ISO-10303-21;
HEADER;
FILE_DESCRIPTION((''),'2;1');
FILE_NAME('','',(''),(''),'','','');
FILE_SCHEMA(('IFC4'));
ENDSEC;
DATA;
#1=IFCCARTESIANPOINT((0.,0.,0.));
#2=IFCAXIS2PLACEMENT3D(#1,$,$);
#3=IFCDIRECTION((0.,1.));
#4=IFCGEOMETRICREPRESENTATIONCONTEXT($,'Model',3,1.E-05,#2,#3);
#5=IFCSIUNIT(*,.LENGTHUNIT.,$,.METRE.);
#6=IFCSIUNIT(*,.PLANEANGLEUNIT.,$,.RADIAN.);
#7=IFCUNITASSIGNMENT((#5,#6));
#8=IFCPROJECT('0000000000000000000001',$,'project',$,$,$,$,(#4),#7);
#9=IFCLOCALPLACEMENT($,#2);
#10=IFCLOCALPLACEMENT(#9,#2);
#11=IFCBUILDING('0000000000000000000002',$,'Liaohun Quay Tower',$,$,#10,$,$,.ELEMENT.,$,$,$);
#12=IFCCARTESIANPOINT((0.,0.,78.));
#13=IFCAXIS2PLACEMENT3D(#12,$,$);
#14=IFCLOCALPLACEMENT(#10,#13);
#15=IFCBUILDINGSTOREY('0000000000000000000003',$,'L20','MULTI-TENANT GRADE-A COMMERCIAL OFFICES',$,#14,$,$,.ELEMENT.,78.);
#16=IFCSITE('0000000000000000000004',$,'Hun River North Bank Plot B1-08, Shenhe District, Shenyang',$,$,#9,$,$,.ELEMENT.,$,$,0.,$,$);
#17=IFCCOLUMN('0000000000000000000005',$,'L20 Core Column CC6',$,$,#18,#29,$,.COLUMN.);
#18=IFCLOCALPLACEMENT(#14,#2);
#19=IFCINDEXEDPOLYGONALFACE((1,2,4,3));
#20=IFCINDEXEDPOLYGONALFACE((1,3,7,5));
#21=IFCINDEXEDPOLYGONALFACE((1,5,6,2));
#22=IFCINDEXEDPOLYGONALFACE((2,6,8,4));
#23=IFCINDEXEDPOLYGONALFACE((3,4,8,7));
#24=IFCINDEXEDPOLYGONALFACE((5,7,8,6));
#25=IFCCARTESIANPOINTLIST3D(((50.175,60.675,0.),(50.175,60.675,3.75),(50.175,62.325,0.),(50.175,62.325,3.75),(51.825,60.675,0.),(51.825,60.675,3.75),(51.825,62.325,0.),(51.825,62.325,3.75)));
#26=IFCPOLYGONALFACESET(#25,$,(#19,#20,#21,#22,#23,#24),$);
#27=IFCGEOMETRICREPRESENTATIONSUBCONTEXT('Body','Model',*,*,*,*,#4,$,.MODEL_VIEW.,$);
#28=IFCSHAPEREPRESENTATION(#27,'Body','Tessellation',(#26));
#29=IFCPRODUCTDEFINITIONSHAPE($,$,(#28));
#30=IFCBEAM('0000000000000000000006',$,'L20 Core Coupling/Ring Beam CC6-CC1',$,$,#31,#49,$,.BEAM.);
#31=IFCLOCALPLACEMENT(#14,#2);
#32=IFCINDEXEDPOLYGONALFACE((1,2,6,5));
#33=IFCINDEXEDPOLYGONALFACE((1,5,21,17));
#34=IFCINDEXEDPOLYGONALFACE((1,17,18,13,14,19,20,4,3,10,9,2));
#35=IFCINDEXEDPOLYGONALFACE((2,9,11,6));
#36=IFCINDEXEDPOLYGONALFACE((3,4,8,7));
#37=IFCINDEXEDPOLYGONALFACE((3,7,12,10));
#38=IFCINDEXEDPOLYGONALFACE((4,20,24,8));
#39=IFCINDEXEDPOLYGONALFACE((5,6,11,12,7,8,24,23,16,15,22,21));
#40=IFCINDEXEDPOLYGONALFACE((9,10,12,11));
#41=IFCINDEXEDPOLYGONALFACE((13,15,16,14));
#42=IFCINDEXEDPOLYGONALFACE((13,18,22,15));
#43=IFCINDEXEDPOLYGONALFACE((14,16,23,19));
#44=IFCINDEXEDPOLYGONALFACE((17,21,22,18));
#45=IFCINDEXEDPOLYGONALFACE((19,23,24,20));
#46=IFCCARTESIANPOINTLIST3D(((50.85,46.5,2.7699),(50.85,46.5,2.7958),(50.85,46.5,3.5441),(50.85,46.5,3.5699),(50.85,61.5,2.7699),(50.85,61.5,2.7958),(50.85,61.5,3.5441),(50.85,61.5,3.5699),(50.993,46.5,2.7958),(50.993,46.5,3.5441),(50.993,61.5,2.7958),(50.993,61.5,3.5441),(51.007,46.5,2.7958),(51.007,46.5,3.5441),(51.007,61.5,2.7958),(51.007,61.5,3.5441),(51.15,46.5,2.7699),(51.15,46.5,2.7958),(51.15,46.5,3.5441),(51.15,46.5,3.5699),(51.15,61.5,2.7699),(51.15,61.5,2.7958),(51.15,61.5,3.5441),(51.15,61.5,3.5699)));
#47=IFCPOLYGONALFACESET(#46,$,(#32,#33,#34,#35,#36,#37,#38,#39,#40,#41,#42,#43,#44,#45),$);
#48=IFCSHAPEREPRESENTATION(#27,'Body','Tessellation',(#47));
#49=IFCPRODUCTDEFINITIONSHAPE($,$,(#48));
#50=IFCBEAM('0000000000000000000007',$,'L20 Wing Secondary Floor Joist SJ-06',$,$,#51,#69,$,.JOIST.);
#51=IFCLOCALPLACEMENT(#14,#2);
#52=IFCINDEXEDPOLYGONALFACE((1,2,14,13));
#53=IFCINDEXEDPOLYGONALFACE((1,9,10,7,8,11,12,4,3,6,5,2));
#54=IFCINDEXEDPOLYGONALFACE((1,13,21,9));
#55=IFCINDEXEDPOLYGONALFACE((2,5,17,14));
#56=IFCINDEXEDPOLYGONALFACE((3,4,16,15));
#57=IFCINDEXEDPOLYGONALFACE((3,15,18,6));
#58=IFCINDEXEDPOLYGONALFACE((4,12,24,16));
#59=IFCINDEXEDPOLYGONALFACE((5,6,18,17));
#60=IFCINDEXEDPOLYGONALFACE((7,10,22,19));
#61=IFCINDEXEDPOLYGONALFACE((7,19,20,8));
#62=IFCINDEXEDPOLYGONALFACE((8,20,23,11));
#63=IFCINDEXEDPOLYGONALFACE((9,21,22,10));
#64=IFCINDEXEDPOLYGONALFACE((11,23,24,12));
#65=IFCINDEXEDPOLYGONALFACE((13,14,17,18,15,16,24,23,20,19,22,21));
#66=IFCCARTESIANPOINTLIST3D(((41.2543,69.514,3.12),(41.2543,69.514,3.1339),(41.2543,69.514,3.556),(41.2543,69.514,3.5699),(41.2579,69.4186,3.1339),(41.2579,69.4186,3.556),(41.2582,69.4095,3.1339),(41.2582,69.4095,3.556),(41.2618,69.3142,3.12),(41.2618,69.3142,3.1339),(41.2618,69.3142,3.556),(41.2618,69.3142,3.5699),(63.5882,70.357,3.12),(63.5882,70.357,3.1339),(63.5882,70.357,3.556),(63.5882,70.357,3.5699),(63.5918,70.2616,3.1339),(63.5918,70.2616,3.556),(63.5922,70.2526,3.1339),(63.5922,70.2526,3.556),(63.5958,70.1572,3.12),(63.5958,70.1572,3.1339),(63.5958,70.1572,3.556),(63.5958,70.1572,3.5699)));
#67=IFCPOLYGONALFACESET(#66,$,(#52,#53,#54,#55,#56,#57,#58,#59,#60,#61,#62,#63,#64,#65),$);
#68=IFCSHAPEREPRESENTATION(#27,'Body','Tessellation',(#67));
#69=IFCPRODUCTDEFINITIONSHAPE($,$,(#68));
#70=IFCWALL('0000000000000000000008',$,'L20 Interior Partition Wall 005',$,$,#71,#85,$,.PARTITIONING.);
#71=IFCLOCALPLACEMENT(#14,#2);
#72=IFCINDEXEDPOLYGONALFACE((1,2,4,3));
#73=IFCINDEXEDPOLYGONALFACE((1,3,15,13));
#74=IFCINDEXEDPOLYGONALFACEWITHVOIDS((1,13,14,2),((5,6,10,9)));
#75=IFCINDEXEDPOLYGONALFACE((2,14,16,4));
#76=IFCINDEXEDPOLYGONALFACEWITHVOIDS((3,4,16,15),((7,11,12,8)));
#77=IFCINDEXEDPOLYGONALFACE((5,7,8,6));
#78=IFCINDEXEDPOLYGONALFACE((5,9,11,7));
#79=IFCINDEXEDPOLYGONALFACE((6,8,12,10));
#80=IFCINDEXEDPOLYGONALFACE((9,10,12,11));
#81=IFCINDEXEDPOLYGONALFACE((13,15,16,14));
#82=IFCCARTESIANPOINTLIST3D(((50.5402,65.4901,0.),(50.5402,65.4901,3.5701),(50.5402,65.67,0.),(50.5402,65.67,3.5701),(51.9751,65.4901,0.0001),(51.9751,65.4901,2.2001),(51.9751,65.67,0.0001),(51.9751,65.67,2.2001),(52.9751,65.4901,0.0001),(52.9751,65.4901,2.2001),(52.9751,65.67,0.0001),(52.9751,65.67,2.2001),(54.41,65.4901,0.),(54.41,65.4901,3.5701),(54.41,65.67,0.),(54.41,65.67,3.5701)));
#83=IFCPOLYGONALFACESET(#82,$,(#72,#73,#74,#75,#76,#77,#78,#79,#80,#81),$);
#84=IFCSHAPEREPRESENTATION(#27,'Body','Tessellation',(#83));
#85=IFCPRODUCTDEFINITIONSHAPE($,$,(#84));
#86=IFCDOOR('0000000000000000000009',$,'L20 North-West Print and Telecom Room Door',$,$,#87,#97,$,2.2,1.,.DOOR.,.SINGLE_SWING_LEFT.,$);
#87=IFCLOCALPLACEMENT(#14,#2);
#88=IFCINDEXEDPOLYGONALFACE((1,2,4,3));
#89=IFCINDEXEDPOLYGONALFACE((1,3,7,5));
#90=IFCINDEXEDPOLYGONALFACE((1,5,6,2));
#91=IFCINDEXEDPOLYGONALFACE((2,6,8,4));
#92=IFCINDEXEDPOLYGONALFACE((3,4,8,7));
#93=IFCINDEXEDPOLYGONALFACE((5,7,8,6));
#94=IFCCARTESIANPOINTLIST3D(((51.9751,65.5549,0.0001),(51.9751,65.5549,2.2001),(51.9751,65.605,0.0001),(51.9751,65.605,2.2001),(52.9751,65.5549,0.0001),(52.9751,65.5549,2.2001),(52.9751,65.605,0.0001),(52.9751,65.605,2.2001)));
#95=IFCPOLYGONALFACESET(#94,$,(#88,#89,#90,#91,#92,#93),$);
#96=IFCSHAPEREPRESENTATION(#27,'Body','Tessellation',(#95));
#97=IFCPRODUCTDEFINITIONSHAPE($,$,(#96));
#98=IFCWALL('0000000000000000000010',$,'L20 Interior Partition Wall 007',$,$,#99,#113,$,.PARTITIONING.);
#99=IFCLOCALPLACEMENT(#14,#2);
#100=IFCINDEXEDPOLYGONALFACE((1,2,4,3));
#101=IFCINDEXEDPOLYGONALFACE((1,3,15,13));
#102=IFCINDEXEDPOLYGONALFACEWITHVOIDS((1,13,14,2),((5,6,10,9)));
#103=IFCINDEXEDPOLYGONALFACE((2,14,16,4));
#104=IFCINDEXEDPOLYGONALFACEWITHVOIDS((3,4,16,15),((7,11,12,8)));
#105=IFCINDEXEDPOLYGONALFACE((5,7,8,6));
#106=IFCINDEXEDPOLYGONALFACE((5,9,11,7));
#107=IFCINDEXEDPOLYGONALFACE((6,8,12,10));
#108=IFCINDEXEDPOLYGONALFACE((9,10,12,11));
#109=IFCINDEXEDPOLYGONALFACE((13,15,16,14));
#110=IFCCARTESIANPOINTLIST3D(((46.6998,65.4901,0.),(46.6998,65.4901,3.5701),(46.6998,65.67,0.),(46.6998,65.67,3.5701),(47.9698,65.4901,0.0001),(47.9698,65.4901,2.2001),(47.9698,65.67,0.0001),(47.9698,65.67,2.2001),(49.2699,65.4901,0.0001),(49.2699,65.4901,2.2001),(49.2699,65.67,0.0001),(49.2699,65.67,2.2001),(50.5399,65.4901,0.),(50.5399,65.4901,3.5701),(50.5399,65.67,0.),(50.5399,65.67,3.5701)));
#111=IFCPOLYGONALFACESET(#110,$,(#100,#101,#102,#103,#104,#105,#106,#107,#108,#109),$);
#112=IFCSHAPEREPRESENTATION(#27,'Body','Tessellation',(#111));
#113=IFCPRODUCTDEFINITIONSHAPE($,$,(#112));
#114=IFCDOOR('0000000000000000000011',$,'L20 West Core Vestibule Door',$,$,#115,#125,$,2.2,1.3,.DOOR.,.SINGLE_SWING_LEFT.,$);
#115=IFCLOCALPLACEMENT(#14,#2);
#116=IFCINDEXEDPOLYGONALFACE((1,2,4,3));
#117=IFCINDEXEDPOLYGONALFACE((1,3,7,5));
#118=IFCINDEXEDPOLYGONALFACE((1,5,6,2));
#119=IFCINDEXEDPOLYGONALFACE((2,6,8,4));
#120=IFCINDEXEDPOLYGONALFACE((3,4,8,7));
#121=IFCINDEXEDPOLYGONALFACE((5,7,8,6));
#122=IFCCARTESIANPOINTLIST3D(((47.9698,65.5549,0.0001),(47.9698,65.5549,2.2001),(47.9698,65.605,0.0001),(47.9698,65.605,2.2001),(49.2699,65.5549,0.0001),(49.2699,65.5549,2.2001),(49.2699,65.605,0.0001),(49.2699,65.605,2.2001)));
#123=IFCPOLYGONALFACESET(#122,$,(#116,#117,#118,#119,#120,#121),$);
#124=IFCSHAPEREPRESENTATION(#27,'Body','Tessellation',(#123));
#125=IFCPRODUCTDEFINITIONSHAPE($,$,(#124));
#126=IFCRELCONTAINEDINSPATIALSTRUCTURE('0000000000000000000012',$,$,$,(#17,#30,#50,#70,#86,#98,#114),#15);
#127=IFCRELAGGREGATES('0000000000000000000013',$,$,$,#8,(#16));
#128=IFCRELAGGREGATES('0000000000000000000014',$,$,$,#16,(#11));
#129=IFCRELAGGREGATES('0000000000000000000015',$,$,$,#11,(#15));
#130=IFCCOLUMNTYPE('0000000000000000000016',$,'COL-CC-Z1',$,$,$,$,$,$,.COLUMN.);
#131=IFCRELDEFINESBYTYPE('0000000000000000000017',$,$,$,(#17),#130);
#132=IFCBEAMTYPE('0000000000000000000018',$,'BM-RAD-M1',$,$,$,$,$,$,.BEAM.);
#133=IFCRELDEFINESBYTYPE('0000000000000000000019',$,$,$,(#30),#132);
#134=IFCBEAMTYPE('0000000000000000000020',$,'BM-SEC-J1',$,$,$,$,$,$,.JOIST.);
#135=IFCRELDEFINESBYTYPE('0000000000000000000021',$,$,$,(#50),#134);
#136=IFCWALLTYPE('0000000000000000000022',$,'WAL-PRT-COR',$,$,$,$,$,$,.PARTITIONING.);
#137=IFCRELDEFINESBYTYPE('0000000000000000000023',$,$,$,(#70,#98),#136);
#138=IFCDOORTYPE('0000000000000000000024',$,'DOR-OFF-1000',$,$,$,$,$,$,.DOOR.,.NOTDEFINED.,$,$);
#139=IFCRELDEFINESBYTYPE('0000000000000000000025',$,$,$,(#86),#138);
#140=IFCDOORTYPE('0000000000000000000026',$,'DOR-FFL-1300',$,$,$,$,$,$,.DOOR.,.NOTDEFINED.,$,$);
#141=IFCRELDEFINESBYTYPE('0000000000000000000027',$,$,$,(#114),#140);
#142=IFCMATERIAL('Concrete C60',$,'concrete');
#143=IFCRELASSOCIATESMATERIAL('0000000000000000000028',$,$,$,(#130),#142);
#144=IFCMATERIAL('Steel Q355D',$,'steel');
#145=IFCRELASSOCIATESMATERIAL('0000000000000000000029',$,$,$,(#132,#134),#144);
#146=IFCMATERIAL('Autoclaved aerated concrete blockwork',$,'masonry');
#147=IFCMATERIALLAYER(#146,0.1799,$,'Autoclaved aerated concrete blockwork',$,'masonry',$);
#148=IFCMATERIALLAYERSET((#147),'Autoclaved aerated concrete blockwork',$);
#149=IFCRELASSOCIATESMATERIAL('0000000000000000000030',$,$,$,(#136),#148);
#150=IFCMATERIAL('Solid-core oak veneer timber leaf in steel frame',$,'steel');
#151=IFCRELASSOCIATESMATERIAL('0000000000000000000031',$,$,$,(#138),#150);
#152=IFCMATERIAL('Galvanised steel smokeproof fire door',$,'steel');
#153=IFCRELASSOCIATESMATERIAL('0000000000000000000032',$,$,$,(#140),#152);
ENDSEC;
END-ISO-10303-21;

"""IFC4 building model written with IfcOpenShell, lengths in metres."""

from ifc_helpers import new_model, si_unit, direction, frame, frame_2d, origin, origin_2d, place, context, subcontext, project, spatial, rectangle, i_section, extrude, source, transform, mapped, material, layer, layer_set, material_profile, profile_set, type_object, element, fill, save


model = new_model("IFC4")

# Units and contexts
model_context = context("Model", 3, precision=1e-05, world=origin(), true_north=direction((0.0, 1.0)))
body_context = subcontext(model_context, "Body", "Model", "MODEL_VIEW")
ifc_project = project(units=[si_unit("LENGTHUNIT", "METRE"), si_unit("PLANEANGLEUNIT", "RADIAN")], contexts=[model_context])

# Site, building, storey
site_placement = place(None, origin())
site = spatial("IfcSite", under=ifc_project, at=site_placement, Name="Hun River North Bank Plot B1-08, Shenhe District, Shenyang", CompositionType="ELEMENT", RefElevation=0.0)
building_placement = place(site_placement, origin())
building = spatial("IfcBuilding", under=site, at=building_placement, Name="Liaohun Quay Tower", CompositionType="ELEMENT")
storey_placement = place(building_placement, frame((0.0, 0.0, 78.0)))
storey = spatial("IfcBuildingStorey", under=building, at=storey_placement, Name="L20", Description="MULTI-TENANT GRADE-A COMMERCIAL OFFICES", CompositionType="ELEMENT", Elevation=78.0)

# Column
ifc_material_1 = material(Name="Concrete C60", Category="concrete")
ifc_material_profile_1 = material_profile(ifc_material_1, rectangle(XDim=1.6499, YDim=1.6499, at=origin_2d()), Name="RC1650x1650")
ifc_profile_set_1 = profile_set([ifc_material_profile_1], Name="Concrete C60")
column_type = type_object("IfcColumnType", Name="COL-CC-Z1", PredefinedType="COLUMN", material=ifc_profile_set_1)
shared_shape_1 = source(origin(), body_context, "Body", "SweptSolid", [
    extrude(rectangle(XDim=1.6499, YDim=1.6499, at=origin_2d()), origin(), (0.0, 0.0, 1.0), 3.75),
])
column_placement = place(storey_placement, frame((51.0, 61.5, 0.0), z_axis=(0.0, 0.0, 1.0), x_axis=(1.0, 0.0, 0.0)))
element("IfcColumn", 1, at=column_placement, inside=storey, type_object=column_type, Name="L20 Core Column CC6", PredefinedType="COLUMN", context=body_context, shape_type="MappedRepresentation", body=[
    mapped(shared_shape_1, transform((0.0, 0.0, 0.0), x_axis=(1.0, 0.0, 0.0), y_axis=(0.0, 1.0, 0.0), z_axis=(0.0, 0.0, 1.0), scale=1.0)),
])

# Beams
ifc_material_2 = material(Name="Steel Q355D", Category="steel")
ifc_material_profile_2 = material_profile(ifc_material_2, i_section(OverallWidth=0.3, OverallDepth=0.8, WebThickness=0.0139, FlangeThickness=0.0259, at=origin_2d()), Name="HN800x300x14x26")
ifc_profile_set_2 = profile_set([ifc_material_profile_2], Name="Steel Q355D")
beam_type_1 = type_object("IfcBeamType", Name="BM-RAD-M1", PredefinedType="BEAM", material=ifc_profile_set_2)
shared_shape_2 = source(origin(), body_context, "Body", "SweptSolid", [
    extrude(i_section(OverallWidth=0.3, OverallDepth=0.8, WebThickness=0.0139, FlangeThickness=0.0259, at=origin_2d()), origin(), (0.0, 0.0, 1.0), 15.0),
])
beam_1_placement = place(storey_placement, frame((51.0, 61.5, 3.1699), z_axis=(0.0, -1.0, 0.0), x_axis=(1.0, 0.0, 0.0)))
element("IfcBeam", 2, at=beam_1_placement, inside=storey, type_object=beam_type_1, Name="L20 Core Coupling/Ring Beam CC6-CC1", PredefinedType="BEAM", context=body_context, shape_type="MappedRepresentation", body=[
    mapped(shared_shape_2, transform((0.0, 0.0, 0.0), x_axis=(1.0, 0.0, 0.0), y_axis=(0.0, 1.0, 0.0), z_axis=(0.0, 0.0, 1.0), scale=1.0)),
])
ifc_material_profile_3 = material_profile(ifc_material_2, i_section(OverallWidth=0.2, OverallDepth=0.45, WebThickness=0.009, FlangeThickness=0.0139, at=origin_2d()), Name="HN450x200x9x14")
ifc_profile_set_3 = profile_set([ifc_material_profile_3], Name="Steel Q355D")
beam_type_2 = type_object("IfcBeamType", Name="BM-SEC-J1", PredefinedType="JOIST", material=ifc_profile_set_3)
shared_shape_3 = source(origin(), body_context, "Body", "SweptSolid", [
    extrude(i_section(OverallWidth=0.2, OverallDepth=0.45, WebThickness=0.009, FlangeThickness=0.0139, at=origin_2d()), origin(), (0.0, 0.0, 1.0), 22.3499),
])
beam_2_placement = place(storey_placement, frame((41.2581, 69.4141, 3.345), z_axis=(0.999288, 0.037719, 0.0), x_axis=(-0.037719, 0.999288, 0.0)))
element("IfcBeam", 3, at=beam_2_placement, inside=storey, type_object=beam_type_2, Name="L20 Wing Secondary Floor Joist SJ-06", PredefinedType="JOIST", context=body_context, shape_type="MappedRepresentation", body=[
    mapped(shared_shape_3, transform((0.0, 0.0, 0.0), x_axis=(1.0, 0.0, 0.0), y_axis=(0.0, 1.0, 0.0), z_axis=(0.0, 0.0, 1.0), scale=1.0)),
])

# Walls, openings, doors
ifc_material_3 = material(Name="Autoclaved aerated concrete blockwork", Category="masonry")
ifc_layer_1 = layer(ifc_material_3, 0.1799, Name="Autoclaved aerated concrete blockwork", Category="masonry")
ifc_layer_set_1 = layer_set([ifc_layer_1], Name="Autoclaved aerated concrete blockwork")
wall_type_1 = type_object("IfcWallType", Name="WAL-PRT-COR", PredefinedType="PARTITIONING", material=ifc_layer_set_1)
wall_1_placement = place(storey_placement, frame((50.54, 65.5801, 0.0), z_axis=(0.0, 0.0, 1.0), x_axis=(1.0, 0.0, 0.0)))
wall_1 = element("IfcWall", 4, at=wall_1_placement, inside=storey, type_object=wall_type_1, Name="L20 Interior Partition Wall 005", PredefinedType="PARTITIONING", context=body_context, shape_type="SweptSolid", body=[
    extrude(rectangle(XDim=3.8699, YDim=0.1799, at=frame_2d((1.9351, 0.0))), origin(), (0.0, 0.0, 1.0), 3.5701),
])
shared_shape_4 = source(origin(), body_context, "Body", "SweptSolid", [
    extrude(rectangle(XDim=1.0, YDim=2.2, at=frame_2d((0.5, 1.1001))), frame((0.0, 0.0999, 0.0), z_axis=(0.0, -1.0, 0.0), x_axis=(1.0, 0.0, 0.0)), (0.0, 0.0, 1.0), 0.2),
])
opening_1_placement = place(wall_1_placement, frame((1.4351, 0.0, 0.0)))
opening_1 = element("IfcOpeningElement", 5, at=opening_1_placement, cuts=wall_1, PredefinedType="OPENING", context=body_context, shape_type="MappedRepresentation", body=[
    mapped(shared_shape_4, transform((0.0, 0.0, 0.0), x_axis=(1.0, 0.0, 0.0), y_axis=(0.0, 1.0, 0.0), z_axis=(0.0, 0.0, 1.0), scale=1.0)),
])
ifc_material_4 = material(Name="Solid-core oak veneer timber leaf in steel frame", Category="steel")
door_type_1 = type_object("IfcDoorType", Name="DOR-OFF-1000", OperationType="NOTDEFINED", PredefinedType="DOOR", material=ifc_material_4)
shared_shape_5 = source(origin(), body_context, "Body", "SweptSolid", [
    extrude(rectangle(XDim=1.0, YDim=2.2, at=frame_2d((0.5, 1.1001))), frame((0.0, 0.0249, 0.0), z_axis=(0.0, -1.0, 0.0), x_axis=(1.0, 0.0, 0.0)), (0.0, 0.0, 1.0), 0.05),
])
door_1_placement = place(opening_1_placement, origin())
door_1 = element("IfcDoor", 6, at=door_1_placement, inside=storey, type_object=door_type_1, Name="L20 North-West Print and Telecom Room Door", OperationType="SINGLE_SWING_LEFT", OverallHeight=2.2, OverallWidth=1.0, PredefinedType="DOOR", context=body_context, shape_type="MappedRepresentation", body=[
    mapped(shared_shape_5, transform((0.0, 0.0, 0.0), x_axis=(1.0, 0.0, 0.0), y_axis=(0.0, 1.0, 0.0), z_axis=(0.0, 0.0, 1.0), scale=1.0)),
])
fill(opening_1, door_1)
wall_2_placement = place(storey_placement, frame((46.7, 65.5801, 0.0), z_axis=(0.0, 0.0, 1.0), x_axis=(1.0, 0.0, 0.0)))
wall_2 = element("IfcWall", 7, at=wall_2_placement, inside=storey, type_object=wall_type_1, Name="L20 Interior Partition Wall 007", PredefinedType="PARTITIONING", context=body_context, shape_type="SweptSolid", body=[
    extrude(rectangle(XDim=3.8401, YDim=0.1799, at=frame_2d((1.9199, 0.0))), origin(), (0.0, 0.0, 1.0), 3.5701),
])
shared_shape_6 = source(origin(), body_context, "Body", "SweptSolid", [
    extrude(rectangle(XDim=1.3, YDim=2.2, at=frame_2d((0.6499, 1.1001))), frame((0.0, 0.0999, 0.0), z_axis=(0.0, -1.0, 0.0), x_axis=(1.0, 0.0, 0.0)), (0.0, 0.0, 1.0), 0.2),
])
opening_2_placement = place(wall_2_placement, frame((1.27, 0.0, 0.0)))
opening_2 = element("IfcOpeningElement", 8, at=opening_2_placement, cuts=wall_2, PredefinedType="OPENING", context=body_context, shape_type="MappedRepresentation", body=[
    mapped(shared_shape_6, transform((0.0, 0.0, 0.0), x_axis=(1.0, 0.0, 0.0), y_axis=(0.0, 1.0, 0.0), z_axis=(0.0, 0.0, 1.0), scale=1.0)),
])
ifc_material_5 = material(Name="Galvanised steel smokeproof fire door", Category="steel")
door_type_2 = type_object("IfcDoorType", Name="DOR-FFL-1300", OperationType="NOTDEFINED", PredefinedType="DOOR", material=ifc_material_5)
shared_shape_7 = source(origin(), body_context, "Body", "SweptSolid", [
    extrude(rectangle(XDim=1.3, YDim=2.2, at=frame_2d((0.6499, 1.1001))), frame((0.0, 0.0249, 0.0), z_axis=(0.0, -1.0, 0.0), x_axis=(1.0, 0.0, 0.0)), (0.0, 0.0, 1.0), 0.05),
])
door_2_placement = place(opening_2_placement, origin())
door_2 = element("IfcDoor", 9, at=door_2_placement, inside=storey, type_object=door_type_2, Name="L20 West Core Vestibule Door", OperationType="SINGLE_SWING_LEFT", OverallHeight=2.2, OverallWidth=1.3, PredefinedType="DOOR", context=body_context, shape_type="MappedRepresentation", body=[
    mapped(shared_shape_7, transform((0.0, 0.0, 0.0), x_axis=(1.0, 0.0, 0.0), y_axis=(0.0, 1.0, 0.0), z_axis=(0.0, 0.0, 1.0), scale=1.0)),
])
fill(opening_2, door_2)

save(model, "model.ifc")
